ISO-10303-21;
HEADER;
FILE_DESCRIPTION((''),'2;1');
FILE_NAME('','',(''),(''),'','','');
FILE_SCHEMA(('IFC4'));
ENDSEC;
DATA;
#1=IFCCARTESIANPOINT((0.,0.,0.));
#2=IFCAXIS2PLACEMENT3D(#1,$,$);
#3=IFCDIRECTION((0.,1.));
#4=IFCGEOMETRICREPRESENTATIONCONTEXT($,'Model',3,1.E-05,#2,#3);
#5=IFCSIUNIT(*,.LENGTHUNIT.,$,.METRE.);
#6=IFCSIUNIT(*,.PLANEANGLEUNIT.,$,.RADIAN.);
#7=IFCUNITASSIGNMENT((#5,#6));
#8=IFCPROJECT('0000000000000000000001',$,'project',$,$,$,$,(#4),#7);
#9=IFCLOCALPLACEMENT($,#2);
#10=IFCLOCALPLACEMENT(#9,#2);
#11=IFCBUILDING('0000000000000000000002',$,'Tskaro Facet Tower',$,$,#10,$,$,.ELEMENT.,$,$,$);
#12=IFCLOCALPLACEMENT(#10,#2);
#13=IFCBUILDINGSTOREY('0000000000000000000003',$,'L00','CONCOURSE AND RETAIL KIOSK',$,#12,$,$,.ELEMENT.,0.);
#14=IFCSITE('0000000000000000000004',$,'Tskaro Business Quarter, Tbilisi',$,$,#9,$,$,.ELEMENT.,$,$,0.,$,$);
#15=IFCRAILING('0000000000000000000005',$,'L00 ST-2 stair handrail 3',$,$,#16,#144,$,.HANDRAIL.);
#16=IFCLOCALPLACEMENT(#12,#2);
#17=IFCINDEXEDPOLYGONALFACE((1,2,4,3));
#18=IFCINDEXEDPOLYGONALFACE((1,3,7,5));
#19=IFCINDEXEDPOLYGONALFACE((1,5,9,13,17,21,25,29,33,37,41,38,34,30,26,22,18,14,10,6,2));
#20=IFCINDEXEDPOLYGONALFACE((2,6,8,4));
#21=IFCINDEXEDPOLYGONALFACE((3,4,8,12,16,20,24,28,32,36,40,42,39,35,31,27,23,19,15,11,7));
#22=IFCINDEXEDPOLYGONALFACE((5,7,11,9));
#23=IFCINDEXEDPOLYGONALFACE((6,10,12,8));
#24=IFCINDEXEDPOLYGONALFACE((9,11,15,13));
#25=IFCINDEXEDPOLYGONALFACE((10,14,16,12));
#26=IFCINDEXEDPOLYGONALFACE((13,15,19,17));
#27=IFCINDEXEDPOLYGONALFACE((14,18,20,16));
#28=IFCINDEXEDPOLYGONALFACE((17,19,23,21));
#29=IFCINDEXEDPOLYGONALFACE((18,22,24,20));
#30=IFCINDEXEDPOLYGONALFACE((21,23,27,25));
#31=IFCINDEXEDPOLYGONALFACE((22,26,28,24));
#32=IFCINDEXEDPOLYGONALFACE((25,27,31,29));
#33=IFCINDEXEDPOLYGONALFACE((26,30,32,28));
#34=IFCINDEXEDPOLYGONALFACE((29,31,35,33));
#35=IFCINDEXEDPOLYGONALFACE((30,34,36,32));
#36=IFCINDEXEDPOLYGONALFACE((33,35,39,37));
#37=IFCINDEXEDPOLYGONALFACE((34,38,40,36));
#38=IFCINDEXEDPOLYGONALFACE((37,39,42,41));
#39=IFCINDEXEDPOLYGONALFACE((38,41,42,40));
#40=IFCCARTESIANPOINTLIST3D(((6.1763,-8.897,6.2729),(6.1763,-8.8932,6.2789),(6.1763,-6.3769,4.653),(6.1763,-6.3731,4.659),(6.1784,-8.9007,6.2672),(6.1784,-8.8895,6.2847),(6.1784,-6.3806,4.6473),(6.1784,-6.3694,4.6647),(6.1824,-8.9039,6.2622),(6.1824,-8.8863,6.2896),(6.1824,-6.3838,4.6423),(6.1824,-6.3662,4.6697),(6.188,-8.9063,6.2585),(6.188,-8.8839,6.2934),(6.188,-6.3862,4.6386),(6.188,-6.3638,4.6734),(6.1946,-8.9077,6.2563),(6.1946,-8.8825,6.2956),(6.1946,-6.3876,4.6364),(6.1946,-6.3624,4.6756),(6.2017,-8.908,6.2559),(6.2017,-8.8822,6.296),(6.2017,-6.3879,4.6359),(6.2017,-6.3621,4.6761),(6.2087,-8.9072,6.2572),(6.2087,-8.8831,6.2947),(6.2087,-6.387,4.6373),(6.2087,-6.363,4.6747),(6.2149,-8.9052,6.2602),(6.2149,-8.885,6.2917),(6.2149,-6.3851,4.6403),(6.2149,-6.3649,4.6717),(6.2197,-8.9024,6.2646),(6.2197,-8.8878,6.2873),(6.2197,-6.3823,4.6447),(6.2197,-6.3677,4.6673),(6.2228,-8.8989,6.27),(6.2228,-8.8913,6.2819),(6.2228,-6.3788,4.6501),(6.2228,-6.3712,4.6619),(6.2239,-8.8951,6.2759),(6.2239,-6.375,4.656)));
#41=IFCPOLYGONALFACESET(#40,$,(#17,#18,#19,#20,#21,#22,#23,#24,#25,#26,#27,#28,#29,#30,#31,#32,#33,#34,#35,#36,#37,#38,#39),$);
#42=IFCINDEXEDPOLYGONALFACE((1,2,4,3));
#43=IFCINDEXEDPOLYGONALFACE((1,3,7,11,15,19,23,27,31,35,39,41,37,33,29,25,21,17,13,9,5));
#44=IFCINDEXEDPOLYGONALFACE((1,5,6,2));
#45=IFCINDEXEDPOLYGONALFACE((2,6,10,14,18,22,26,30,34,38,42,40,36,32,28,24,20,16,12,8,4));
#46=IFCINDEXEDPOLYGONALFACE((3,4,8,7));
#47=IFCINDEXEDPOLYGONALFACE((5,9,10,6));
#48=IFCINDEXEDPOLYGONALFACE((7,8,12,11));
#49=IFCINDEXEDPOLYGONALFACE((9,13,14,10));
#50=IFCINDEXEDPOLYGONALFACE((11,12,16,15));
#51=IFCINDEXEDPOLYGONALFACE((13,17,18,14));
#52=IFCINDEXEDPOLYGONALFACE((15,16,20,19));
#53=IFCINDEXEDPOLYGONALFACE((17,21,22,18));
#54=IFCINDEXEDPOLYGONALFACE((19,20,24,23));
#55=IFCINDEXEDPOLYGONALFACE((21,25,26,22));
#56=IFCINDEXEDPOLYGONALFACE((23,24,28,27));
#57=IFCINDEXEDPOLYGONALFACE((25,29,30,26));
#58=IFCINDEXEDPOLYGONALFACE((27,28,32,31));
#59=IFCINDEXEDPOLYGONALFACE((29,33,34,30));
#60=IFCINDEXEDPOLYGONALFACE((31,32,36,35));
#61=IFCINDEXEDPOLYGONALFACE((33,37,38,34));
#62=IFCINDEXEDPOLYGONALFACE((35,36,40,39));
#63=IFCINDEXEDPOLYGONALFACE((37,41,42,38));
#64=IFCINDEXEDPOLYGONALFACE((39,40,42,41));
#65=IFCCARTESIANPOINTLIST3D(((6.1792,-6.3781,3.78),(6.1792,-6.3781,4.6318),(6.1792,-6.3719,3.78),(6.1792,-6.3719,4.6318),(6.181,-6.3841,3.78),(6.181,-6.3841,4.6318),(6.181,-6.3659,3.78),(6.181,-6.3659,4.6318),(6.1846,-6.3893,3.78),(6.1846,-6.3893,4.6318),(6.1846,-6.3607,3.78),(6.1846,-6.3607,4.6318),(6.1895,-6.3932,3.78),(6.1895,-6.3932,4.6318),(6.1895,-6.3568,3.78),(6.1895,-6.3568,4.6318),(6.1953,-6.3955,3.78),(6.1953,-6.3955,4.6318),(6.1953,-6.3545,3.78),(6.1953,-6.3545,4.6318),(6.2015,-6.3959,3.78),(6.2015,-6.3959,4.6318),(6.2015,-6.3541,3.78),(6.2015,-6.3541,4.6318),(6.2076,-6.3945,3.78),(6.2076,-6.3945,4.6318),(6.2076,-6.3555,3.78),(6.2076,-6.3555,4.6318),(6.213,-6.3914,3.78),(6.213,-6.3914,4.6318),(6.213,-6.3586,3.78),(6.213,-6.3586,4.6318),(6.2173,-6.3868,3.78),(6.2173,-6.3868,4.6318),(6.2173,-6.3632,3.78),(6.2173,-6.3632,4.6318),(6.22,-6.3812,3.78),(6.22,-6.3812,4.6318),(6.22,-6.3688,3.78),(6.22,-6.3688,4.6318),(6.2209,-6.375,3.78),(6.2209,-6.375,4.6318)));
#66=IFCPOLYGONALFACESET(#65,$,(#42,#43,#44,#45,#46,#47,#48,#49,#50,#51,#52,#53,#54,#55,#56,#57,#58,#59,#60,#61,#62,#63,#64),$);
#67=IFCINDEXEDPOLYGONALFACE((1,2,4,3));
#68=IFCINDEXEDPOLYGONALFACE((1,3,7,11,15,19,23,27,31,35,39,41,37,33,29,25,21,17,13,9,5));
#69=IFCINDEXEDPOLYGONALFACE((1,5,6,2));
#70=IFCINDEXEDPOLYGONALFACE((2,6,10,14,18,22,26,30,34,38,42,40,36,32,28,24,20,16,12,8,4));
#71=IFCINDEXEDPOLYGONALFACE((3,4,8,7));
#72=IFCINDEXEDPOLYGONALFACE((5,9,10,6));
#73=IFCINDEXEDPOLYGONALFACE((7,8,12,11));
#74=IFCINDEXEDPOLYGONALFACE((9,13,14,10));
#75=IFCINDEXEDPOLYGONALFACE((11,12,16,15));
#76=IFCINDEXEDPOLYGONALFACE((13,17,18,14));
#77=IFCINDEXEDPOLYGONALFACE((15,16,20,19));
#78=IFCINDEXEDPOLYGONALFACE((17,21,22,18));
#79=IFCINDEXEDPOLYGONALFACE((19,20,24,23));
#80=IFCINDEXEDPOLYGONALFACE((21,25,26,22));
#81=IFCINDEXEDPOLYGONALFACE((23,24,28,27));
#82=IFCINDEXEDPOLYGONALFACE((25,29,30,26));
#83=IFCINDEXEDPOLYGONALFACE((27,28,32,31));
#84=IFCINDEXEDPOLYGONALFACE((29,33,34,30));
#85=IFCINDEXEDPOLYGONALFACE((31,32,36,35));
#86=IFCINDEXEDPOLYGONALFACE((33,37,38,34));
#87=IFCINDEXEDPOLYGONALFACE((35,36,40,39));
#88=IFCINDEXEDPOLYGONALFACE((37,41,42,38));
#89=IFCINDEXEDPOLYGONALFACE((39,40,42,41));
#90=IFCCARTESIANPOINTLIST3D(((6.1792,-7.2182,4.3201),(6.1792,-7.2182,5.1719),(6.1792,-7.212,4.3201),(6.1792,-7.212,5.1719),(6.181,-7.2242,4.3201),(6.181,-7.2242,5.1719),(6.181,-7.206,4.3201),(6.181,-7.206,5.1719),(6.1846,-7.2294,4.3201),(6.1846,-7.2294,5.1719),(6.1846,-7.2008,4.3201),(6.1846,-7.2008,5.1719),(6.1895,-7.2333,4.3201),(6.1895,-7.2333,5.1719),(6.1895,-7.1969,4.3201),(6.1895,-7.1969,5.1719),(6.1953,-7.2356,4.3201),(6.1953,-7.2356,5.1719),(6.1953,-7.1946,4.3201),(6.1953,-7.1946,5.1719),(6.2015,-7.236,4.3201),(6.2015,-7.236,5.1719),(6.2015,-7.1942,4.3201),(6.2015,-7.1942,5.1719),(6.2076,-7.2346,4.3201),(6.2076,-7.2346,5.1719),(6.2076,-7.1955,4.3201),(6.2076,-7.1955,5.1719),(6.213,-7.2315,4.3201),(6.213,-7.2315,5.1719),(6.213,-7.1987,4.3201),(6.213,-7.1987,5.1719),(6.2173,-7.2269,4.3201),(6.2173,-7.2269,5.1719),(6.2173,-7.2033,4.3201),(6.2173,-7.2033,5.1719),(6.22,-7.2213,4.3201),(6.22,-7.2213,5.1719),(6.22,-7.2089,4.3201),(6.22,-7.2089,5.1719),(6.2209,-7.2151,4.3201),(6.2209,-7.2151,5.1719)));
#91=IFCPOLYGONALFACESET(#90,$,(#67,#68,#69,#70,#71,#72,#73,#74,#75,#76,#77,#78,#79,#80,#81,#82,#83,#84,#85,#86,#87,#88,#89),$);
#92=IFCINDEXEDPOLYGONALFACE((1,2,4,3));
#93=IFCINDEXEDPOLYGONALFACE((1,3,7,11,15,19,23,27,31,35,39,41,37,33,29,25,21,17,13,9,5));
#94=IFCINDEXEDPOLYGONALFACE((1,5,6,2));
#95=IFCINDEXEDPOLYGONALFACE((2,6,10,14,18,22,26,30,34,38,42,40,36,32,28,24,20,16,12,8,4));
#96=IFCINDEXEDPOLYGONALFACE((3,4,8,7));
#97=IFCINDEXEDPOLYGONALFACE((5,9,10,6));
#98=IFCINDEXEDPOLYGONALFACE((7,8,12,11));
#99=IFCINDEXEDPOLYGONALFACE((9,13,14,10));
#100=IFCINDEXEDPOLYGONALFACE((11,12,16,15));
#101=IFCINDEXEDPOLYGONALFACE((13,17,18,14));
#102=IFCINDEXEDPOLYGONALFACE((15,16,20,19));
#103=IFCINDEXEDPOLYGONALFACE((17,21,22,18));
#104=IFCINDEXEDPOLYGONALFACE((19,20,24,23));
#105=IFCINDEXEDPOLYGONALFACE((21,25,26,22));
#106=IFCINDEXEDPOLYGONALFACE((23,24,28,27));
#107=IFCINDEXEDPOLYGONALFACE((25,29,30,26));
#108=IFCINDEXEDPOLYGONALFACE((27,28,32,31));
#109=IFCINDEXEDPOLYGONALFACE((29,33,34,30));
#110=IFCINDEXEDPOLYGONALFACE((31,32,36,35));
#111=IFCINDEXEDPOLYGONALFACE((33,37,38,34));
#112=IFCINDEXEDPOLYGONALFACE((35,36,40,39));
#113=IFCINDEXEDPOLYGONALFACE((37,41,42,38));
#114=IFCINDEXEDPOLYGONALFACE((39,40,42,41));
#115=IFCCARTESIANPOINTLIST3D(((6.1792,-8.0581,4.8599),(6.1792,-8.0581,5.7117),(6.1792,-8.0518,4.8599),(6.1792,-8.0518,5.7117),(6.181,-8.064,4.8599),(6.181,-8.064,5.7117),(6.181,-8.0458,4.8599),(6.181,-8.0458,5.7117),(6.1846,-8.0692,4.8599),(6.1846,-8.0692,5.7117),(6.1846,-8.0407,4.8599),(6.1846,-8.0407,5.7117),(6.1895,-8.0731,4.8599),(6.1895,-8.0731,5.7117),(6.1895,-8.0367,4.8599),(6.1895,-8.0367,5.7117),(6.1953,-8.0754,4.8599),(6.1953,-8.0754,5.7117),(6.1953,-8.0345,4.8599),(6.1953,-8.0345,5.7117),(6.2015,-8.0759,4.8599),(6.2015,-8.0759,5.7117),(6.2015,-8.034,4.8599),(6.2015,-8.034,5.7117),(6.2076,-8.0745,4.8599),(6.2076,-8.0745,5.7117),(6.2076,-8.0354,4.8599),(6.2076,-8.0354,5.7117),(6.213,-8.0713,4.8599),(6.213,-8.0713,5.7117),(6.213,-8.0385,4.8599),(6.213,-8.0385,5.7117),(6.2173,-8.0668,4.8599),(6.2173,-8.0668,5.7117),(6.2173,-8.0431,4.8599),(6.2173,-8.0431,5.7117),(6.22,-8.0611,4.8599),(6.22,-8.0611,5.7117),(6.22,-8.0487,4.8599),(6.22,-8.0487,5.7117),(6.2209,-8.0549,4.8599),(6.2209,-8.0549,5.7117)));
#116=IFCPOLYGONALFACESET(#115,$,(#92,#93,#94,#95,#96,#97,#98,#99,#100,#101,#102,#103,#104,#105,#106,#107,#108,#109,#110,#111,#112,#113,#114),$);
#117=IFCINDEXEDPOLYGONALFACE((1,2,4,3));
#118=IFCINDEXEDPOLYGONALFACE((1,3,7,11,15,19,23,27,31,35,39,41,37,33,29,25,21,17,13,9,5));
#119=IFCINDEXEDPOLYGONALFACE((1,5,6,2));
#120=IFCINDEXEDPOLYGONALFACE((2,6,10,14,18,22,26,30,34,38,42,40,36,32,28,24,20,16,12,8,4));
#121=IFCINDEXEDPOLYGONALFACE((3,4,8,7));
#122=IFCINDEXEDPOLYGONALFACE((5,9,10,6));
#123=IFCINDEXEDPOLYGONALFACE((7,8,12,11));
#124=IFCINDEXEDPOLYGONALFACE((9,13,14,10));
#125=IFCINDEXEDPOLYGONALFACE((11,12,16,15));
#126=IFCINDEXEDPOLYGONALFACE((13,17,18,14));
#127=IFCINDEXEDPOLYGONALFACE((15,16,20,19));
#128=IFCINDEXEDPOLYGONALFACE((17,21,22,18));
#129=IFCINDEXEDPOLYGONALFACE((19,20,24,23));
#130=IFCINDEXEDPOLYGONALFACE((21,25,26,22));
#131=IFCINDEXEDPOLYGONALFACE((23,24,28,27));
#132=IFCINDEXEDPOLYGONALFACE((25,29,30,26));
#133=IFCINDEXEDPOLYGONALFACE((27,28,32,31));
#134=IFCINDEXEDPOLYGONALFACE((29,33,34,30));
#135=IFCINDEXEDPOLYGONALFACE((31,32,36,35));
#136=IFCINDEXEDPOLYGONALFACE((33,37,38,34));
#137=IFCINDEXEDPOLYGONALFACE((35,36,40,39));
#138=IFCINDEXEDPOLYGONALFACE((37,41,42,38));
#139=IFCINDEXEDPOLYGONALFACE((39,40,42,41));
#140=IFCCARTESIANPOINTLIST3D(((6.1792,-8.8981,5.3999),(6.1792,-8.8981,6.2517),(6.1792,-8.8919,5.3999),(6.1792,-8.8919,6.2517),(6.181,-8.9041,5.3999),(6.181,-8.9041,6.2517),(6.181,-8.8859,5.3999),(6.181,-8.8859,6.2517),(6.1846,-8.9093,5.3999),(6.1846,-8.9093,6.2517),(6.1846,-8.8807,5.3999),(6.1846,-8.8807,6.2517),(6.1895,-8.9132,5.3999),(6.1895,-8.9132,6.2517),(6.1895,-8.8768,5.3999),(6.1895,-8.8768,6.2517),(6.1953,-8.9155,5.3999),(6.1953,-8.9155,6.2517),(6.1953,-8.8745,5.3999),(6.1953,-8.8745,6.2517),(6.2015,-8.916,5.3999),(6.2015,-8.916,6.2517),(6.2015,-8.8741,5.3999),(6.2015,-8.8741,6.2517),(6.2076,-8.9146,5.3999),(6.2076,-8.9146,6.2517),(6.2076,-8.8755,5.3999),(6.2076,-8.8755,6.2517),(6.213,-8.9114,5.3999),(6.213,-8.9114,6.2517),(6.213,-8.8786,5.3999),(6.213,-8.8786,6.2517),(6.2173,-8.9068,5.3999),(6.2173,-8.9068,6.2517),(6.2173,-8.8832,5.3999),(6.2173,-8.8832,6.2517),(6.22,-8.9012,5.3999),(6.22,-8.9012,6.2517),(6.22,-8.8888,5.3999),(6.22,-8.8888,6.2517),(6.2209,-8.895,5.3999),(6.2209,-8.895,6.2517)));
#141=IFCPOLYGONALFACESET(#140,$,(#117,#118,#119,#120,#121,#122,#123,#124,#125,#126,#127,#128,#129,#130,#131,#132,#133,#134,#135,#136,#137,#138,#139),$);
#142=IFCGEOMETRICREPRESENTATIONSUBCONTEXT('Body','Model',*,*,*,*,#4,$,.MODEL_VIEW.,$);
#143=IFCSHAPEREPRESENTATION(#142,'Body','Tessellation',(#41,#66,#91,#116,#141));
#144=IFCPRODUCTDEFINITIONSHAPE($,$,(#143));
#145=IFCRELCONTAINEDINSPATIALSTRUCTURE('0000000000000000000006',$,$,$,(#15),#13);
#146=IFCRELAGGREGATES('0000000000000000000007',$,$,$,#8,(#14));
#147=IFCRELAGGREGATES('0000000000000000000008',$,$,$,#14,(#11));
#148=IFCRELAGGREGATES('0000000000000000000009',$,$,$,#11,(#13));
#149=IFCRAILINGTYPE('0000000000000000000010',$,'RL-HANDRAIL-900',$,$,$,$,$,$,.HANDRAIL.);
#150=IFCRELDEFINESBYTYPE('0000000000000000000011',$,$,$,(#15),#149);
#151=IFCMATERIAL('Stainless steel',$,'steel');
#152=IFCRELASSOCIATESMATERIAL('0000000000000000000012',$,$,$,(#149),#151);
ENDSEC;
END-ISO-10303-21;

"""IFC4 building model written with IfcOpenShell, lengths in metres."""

from ifc_helpers import new_model, si_unit, direction, frame, origin, origin_2d, place, context, subcontext, project, spatial, circle, extrude, material, type_object, element, save


model = new_model("IFC4")

# Units and contexts
model_context = context("Model", 3, precision=1e-05, world=origin(), true_north=direction((0.0, 1.0)))
body_context = subcontext(model_context, "Body", "Model", "MODEL_VIEW")
ifc_project = project(units=[si_unit("LENGTHUNIT", "METRE"), si_unit("PLANEANGLEUNIT", "RADIAN")], contexts=[model_context])

# Site, building, storey
site_placement = place(None, origin())
site = spatial("IfcSite", under=ifc_project, at=site_placement, Name="Tskaro Business Quarter, Tbilisi", CompositionType="ELEMENT", RefElevation=0.0)
building_placement = place(site_placement, origin())
building = spatial("IfcBuilding", under=site, at=building_placement, Name="Tskaro Facet Tower", CompositionType="ELEMENT")
storey_placement = place(building_placement, origin())
storey = spatial("IfcBuildingStorey", under=building, at=storey_placement, Name="L00", Description="CONCOURSE AND RETAIL KIOSK", CompositionType="ELEMENT", Elevation=0.0)

# Railing
ifc_material_1 = material(Name="Stainless steel", Category="steel")
railing_type_1 = type_object("IfcRailingType", Name="RL-HANDRAIL-900", PredefinedType="HANDRAIL", material=ifc_material_1)
railing_1_placement = place(storey_placement, frame((6.2, -6.375, 3.78)))
element("IfcRailing", 1, at=railing_1_placement, inside=storey, type_object=railing_type_1, Name="L00 ST-2 stair handrail 3", PredefinedType="HANDRAIL", context=body_context, shape_type="SweptSolid", body=[
    extrude(circle(Radius=0.0239, at=origin_2d()), frame((0.0, 0.0, 0.876), z_axis=(0.0, -0.8412, 0.540725), x_axis=(1.0, 0.0, 0.0)), (0.0, 0.0, 1.0), 2.9958),
    extrude(circle(Radius=0.021, at=origin_2d()), origin(), (0.0, 0.0, 1.0), 0.8518),
    extrude(circle(Radius=0.021, at=origin_2d()), frame((0.0, -0.8401, 0.54)), (0.0, 0.0, 1.0), 0.8518),
    extrude(circle(Radius=0.021, at=origin_2d()), frame((0.0, -1.6799, 1.0798)), (0.0, 0.0, 1.0), 0.8518),
    extrude(circle(Radius=0.021, at=origin_2d()), frame((0.0, -2.52, 1.6199)), (0.0, 0.0, 1.0), 0.8518),
])

save(model, "model.ifc")
